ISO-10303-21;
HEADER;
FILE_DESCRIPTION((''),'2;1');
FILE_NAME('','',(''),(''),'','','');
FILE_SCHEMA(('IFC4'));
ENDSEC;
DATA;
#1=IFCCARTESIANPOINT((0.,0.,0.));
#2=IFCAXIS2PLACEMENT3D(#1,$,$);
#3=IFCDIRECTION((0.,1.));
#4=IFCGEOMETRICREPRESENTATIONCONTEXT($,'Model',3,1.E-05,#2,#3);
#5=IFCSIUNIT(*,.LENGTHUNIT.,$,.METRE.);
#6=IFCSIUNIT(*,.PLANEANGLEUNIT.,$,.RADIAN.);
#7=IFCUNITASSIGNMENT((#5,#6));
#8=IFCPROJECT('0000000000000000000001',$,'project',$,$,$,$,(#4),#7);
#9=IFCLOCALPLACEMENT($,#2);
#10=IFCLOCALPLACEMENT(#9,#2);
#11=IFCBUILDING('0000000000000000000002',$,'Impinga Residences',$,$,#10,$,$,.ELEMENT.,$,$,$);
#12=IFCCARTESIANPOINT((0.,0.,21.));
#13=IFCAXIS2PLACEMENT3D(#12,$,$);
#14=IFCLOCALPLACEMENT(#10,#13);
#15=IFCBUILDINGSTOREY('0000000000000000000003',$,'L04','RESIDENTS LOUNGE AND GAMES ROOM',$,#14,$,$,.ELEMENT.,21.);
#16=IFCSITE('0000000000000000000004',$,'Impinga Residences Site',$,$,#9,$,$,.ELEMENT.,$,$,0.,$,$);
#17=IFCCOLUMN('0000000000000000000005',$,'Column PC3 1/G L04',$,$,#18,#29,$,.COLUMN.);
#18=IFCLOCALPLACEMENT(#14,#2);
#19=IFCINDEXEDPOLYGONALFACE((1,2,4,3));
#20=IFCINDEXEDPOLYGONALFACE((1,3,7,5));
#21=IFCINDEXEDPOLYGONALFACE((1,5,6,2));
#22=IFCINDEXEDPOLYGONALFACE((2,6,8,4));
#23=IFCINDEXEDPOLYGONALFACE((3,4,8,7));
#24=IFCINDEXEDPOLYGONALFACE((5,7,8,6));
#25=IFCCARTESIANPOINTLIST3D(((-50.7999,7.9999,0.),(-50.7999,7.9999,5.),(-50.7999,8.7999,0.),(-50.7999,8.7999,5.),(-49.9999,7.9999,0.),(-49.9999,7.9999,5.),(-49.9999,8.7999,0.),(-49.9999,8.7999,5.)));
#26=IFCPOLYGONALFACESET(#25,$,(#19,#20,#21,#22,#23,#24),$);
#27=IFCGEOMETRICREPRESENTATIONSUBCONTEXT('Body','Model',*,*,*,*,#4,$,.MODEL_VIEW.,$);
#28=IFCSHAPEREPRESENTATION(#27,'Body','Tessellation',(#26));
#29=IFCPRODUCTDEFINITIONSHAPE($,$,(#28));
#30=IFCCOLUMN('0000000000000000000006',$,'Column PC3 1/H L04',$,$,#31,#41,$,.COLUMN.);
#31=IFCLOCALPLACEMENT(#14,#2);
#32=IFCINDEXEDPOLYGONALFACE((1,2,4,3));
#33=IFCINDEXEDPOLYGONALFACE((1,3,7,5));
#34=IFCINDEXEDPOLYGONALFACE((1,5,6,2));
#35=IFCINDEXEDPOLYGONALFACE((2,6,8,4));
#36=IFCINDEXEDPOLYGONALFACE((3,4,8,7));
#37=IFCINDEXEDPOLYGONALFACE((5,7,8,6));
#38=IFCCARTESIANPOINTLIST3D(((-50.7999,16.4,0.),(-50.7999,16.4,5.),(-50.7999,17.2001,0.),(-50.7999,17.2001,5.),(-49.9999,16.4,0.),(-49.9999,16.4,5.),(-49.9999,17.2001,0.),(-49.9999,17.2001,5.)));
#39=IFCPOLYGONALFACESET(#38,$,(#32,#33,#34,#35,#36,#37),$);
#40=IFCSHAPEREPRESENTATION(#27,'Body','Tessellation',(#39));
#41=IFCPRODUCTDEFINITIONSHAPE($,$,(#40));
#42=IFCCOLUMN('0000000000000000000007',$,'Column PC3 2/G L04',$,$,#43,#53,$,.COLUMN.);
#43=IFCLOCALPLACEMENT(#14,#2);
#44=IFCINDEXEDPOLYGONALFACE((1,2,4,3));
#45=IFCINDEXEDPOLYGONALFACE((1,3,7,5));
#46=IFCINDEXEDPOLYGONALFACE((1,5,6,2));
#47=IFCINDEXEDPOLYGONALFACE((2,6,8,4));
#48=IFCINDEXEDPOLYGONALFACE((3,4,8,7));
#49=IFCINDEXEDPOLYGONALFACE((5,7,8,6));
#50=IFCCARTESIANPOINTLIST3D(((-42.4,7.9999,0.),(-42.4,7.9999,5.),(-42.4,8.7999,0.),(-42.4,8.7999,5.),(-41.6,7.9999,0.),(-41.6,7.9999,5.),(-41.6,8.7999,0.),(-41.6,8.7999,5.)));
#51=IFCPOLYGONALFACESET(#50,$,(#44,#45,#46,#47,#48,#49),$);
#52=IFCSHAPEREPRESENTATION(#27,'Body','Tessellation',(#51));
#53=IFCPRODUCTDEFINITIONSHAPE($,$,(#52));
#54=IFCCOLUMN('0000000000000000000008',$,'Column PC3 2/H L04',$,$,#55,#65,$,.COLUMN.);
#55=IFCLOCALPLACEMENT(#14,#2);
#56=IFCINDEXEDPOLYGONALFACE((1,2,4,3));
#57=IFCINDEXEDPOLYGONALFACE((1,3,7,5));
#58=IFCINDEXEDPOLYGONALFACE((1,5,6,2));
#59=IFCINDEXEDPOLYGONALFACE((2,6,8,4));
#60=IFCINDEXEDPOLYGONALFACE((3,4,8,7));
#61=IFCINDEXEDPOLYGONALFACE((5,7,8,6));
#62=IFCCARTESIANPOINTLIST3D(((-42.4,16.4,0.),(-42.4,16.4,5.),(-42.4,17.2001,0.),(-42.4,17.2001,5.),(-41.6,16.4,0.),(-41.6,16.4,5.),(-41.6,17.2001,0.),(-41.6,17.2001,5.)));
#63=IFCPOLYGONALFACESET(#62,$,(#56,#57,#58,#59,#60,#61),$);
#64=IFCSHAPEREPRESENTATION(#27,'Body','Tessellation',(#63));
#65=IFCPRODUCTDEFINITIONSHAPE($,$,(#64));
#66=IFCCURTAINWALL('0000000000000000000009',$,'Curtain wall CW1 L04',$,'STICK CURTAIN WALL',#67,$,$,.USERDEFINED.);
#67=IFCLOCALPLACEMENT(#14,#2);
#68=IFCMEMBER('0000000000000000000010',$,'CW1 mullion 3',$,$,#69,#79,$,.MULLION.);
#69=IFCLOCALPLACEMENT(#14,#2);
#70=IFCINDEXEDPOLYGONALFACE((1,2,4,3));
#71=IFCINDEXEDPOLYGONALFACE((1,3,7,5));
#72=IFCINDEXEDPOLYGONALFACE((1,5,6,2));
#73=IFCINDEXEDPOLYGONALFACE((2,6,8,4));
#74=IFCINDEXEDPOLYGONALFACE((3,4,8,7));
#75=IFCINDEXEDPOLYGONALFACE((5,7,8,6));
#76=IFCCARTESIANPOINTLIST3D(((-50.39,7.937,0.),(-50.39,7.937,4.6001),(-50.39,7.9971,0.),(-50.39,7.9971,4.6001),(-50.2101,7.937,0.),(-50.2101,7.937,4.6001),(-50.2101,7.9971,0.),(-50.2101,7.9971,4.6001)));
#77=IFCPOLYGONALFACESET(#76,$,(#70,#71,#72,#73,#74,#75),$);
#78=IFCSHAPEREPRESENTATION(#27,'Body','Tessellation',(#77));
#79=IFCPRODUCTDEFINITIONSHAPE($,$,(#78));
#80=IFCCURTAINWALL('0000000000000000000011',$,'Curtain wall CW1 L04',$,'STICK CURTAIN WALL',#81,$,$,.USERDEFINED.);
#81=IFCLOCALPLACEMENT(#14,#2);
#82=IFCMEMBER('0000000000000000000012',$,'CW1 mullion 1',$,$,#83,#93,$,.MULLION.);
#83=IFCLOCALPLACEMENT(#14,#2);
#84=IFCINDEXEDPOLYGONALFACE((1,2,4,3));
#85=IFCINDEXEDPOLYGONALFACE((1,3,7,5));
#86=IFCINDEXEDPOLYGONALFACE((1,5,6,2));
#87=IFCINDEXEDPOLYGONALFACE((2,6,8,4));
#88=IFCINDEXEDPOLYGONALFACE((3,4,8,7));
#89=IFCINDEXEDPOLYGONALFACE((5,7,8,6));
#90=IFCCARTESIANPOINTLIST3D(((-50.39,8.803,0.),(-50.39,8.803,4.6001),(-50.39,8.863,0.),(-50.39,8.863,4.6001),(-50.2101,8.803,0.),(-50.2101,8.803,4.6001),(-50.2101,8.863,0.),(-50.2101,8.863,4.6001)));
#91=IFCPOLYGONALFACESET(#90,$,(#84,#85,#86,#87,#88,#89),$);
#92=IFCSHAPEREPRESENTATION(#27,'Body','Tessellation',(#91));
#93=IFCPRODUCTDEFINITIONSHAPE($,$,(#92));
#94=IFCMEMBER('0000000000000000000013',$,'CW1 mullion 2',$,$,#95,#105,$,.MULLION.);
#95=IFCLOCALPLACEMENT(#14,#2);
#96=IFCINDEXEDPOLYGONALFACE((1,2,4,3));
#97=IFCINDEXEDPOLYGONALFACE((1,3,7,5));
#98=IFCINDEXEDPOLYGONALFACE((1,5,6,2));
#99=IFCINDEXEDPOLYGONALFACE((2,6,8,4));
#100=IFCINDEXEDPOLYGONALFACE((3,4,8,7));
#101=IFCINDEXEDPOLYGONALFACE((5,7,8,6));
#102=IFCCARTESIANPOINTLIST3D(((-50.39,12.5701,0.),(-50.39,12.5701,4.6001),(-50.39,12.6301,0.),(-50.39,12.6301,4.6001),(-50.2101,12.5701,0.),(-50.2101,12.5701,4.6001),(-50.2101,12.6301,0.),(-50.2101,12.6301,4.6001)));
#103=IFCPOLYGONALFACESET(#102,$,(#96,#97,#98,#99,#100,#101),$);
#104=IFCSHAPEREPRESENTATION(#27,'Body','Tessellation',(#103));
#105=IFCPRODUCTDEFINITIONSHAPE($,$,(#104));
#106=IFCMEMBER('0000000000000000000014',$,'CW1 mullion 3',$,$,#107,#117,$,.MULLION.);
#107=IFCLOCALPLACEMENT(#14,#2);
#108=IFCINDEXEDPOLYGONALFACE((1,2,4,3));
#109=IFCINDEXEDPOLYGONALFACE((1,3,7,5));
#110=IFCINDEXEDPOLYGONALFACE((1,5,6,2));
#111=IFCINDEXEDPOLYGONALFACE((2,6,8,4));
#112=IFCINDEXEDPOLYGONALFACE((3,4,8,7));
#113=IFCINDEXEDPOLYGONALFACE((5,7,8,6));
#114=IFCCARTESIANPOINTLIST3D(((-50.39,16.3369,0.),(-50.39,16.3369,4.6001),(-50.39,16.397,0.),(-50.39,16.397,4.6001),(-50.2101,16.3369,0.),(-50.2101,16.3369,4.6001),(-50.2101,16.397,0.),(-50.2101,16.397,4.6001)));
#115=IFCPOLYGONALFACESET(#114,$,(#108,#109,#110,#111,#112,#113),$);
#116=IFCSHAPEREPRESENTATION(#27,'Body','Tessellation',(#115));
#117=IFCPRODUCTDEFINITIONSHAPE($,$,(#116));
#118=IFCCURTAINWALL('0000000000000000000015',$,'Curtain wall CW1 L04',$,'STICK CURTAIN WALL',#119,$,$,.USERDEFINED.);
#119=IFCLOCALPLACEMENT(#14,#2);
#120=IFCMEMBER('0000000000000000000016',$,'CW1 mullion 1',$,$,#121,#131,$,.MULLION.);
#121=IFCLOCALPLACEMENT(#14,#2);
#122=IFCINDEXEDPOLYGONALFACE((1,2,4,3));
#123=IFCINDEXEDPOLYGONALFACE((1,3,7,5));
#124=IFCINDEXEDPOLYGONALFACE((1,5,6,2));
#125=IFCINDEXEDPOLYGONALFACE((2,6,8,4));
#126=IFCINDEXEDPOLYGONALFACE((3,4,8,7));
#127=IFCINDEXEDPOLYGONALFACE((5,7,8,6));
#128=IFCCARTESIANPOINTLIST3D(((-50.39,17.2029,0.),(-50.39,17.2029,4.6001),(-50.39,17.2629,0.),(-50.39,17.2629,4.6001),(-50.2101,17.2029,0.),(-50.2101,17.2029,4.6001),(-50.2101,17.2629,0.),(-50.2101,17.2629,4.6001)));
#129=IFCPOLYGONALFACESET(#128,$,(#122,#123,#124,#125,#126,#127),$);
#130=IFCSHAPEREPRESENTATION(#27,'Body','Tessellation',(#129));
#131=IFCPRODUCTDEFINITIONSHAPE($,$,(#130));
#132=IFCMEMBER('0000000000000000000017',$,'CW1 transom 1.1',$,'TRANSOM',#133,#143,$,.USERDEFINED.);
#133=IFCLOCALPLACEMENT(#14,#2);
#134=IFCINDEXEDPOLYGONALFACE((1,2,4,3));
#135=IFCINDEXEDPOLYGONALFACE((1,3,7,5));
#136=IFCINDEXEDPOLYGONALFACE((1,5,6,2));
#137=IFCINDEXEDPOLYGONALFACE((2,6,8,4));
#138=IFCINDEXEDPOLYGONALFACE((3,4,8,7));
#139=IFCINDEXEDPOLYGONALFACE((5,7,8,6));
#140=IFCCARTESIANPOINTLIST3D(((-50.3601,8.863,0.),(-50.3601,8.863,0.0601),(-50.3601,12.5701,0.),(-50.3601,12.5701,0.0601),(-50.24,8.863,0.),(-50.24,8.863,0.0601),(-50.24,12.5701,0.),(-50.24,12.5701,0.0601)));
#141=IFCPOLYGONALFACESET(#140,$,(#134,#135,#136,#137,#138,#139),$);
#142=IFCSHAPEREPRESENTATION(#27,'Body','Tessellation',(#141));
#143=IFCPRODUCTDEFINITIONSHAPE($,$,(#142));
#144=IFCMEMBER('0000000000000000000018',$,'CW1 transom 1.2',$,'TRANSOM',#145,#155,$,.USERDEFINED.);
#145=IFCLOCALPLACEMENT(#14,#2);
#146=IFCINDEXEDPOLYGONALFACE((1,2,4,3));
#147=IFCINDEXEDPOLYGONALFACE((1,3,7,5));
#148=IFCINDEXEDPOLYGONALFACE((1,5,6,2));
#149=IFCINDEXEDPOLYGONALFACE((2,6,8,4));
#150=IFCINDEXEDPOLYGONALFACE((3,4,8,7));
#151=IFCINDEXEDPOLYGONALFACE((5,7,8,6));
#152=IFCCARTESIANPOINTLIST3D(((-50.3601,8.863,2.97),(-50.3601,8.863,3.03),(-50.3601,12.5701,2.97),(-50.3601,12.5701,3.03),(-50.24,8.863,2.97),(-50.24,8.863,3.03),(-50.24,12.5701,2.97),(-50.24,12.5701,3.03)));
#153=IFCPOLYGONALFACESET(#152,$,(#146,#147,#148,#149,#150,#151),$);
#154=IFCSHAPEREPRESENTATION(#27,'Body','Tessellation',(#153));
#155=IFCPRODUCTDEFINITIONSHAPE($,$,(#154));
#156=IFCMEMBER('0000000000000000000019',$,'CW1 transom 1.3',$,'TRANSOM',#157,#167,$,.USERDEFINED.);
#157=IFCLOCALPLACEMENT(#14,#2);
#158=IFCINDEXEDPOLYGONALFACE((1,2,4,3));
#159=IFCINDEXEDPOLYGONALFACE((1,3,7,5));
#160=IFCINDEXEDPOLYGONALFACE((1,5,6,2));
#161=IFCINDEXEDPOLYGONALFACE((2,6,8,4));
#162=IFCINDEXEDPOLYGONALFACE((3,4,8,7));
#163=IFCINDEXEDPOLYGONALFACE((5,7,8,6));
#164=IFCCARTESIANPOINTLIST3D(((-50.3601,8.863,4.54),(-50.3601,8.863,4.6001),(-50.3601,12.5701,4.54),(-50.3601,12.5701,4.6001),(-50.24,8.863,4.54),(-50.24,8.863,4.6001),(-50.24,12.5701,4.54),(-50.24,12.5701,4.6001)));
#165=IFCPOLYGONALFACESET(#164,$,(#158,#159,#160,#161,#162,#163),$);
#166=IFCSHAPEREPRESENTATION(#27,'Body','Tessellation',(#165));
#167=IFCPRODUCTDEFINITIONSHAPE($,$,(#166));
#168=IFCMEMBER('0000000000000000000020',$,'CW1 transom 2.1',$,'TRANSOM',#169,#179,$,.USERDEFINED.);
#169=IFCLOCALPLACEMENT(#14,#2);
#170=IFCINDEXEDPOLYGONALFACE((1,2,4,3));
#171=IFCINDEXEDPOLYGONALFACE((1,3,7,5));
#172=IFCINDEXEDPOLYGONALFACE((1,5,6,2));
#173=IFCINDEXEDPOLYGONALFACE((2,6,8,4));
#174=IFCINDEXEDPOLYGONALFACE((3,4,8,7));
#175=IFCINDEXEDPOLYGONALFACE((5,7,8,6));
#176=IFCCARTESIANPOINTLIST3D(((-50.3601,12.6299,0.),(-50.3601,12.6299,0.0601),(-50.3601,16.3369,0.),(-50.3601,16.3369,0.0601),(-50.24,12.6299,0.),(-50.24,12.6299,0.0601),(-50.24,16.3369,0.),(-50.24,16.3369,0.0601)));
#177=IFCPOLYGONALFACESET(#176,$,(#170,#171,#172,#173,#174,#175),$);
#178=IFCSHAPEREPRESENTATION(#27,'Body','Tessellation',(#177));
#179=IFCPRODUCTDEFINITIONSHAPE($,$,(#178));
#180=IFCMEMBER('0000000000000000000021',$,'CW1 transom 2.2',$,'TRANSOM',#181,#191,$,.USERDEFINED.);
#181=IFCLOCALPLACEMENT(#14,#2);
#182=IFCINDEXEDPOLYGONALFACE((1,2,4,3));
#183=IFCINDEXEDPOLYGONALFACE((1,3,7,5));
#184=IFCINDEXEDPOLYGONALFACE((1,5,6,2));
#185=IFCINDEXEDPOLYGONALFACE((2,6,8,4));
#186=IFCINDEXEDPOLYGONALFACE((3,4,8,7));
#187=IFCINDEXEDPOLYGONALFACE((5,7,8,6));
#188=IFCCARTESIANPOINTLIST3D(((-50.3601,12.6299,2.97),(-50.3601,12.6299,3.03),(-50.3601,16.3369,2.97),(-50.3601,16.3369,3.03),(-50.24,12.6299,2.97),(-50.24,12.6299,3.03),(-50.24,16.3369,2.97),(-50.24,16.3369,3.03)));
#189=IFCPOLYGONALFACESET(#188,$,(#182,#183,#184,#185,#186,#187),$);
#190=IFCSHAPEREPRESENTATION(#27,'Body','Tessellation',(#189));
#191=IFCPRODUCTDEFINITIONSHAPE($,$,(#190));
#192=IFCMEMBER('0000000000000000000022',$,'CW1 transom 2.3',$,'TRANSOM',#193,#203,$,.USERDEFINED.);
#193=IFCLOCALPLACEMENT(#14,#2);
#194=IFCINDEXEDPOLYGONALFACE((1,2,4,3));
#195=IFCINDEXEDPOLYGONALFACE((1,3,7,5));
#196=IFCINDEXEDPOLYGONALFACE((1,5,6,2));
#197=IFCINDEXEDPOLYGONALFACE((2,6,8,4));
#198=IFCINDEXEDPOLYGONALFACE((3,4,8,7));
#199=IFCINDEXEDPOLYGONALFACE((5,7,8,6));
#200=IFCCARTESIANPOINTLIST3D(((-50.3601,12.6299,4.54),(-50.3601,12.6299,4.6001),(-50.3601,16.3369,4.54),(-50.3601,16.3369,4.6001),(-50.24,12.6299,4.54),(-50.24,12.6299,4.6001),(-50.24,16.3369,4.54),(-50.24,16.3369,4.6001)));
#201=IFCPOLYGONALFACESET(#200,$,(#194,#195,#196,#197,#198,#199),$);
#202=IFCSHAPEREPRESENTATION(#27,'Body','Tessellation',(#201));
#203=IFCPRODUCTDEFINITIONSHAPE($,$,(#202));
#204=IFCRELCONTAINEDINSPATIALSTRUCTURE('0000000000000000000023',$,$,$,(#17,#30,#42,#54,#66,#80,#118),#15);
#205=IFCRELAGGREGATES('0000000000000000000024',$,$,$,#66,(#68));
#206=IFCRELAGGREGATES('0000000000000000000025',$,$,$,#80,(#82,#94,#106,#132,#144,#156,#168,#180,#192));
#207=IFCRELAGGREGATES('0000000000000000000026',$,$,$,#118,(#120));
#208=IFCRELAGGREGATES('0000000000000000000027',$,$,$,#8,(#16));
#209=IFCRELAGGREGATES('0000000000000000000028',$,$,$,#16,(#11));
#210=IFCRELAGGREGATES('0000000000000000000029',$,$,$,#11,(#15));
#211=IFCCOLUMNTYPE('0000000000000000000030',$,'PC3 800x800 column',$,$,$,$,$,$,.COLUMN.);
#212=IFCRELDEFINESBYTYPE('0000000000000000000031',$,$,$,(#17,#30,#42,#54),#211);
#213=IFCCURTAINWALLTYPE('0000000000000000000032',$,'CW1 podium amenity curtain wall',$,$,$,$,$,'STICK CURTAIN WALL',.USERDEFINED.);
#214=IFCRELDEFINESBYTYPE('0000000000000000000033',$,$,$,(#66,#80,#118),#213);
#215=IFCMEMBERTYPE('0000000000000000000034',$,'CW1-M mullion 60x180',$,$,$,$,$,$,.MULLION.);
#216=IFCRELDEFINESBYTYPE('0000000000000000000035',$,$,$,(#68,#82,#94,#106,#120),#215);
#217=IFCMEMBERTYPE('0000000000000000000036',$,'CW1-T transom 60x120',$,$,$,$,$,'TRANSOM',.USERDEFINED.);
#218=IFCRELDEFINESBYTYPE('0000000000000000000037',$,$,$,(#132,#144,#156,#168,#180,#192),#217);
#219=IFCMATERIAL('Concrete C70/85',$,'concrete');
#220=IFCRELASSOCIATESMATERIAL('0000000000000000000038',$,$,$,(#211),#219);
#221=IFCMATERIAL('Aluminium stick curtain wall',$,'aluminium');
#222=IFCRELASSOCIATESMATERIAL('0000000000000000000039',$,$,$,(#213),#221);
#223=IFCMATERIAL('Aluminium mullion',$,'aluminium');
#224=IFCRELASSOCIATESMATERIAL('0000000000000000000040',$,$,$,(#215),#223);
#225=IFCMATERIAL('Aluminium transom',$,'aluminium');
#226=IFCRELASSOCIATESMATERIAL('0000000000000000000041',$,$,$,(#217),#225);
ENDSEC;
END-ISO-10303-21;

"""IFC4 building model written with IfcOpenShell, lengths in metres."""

from ifc_helpers import new_model, si_unit, direction, frame, origin, origin_2d, place, context, subcontext, project, spatial, rectangle, extrude, material, material_profile, profile_set, type_object, element, aggregate, save


model = new_model("IFC4")

# Units and contexts
model_context = context("Model", 3, precision=1e-05, world=origin(), true_north=direction((0.0, 1.0)))
body_context = subcontext(model_context, "Body", "Model", "MODEL_VIEW")
ifc_project = project(units=[si_unit("LENGTHUNIT", "METRE"), si_unit("PLANEANGLEUNIT", "RADIAN")], contexts=[model_context])

# Site, building, storey
site_placement = place(None, origin())
site = spatial("IfcSite", under=ifc_project, at=site_placement, Name="Impinga Residences Site", CompositionType="ELEMENT", RefElevation=0.0)
building_placement = place(site_placement, origin())
building = spatial("IfcBuilding", under=site, at=building_placement, Name="Impinga Residences", CompositionType="ELEMENT")
storey_placement = place(building_placement, frame((0.0, 0.0, 21.0)))
storey = spatial("IfcBuildingStorey", under=building, at=storey_placement, Name="L04", Description="RESIDENTS LOUNGE AND GAMES ROOM", CompositionType="ELEMENT", Elevation=21.0)

# Columns
ifc_material_1 = material(Name="Concrete C70/85", Category="concrete")
ifc_material_profile_1 = material_profile(ifc_material_1, rectangle(XDim=0.8, YDim=0.8, at=origin_2d()), Name="RC 800x800")
ifc_profile_set_1 = profile_set([ifc_material_profile_1], Name="Concrete C70/85")
column_type = type_object("IfcColumnType", Name="PC3 800x800 column", PredefinedType="COLUMN", material=ifc_profile_set_1)
for number, where, z_axis, x_axis, name in (
    (1, (-50.3999, 8.3999, 0.0), (0.0, 0.0, 1.0), (1.0, 0.0, 0.0), "Column PC3 1/G L04"),
    (2, (-50.3999, 16.8, 0.0), (0.0, 0.0, 1.0), (1.0, 0.0, 0.0), "Column PC3 1/H L04"),
    (3, (-42.0, 8.3999, 0.0), (0.0, 0.0, 1.0), (1.0, 0.0, 0.0), "Column PC3 2/G L04"),
    (4, (-42.0, 16.8, 0.0), (0.0, 0.0, 1.0), (1.0, 0.0, 0.0), "Column PC3 2/H L04"),
):
    element("IfcColumn", number, at=place(storey_placement, frame(where, z_axis=z_axis, x_axis=x_axis)), inside=storey, type_object=column_type, Name=name, PredefinedType="COLUMN", context=body_context, shape_type="SweptSolid", body=[
        extrude(rectangle(XDim=0.8, YDim=0.8, at=origin_2d()), origin(), (0.0, 0.0, 1.0), 5.0),
    ])

# Curtain wall, member
ifc_material_2 = material(Name="Aluminium stick curtain wall", Category="aluminium")
curtain_wall_type = type_object("IfcCurtainWallType", Name="CW1 podium amenity curtain wall", ElementType="STICK CURTAIN WALL", PredefinedType="USERDEFINED", material=ifc_material_2)
curtain_wall_1_placement = place(storey_placement, origin())
curtain_wall_1 = element("IfcCurtainWall", 5, at=curtain_wall_1_placement, inside=storey, type_object=curtain_wall_type, Name="Curtain wall CW1 L04", ObjectType="STICK CURTAIN WALL", PredefinedType="USERDEFINED")
ifc_material_3 = material(Name="Aluminium mullion", Category="aluminium")
ifc_material_profile_2 = material_profile(ifc_material_3, rectangle(XDim=0.0601, YDim=0.1799, at=origin_2d()), Name="60x180 mullion")
ifc_profile_set_2 = profile_set([ifc_material_profile_2], Name="Aluminium mullion")
member_type_1 = type_object("IfcMemberType", Name="CW1-M mullion 60x180", PredefinedType="MULLION", material=ifc_profile_set_2)
member_1_placement = place(storey_placement, frame((-50.3, 7.967, 0.0), z_axis=(0.0, 0.0, 1.0), x_axis=(0.0, 1.0, 0.0)))
member_1 = element("IfcMember", 6, at=member_1_placement, type_object=member_type_1, Name="CW1 mullion 3", PredefinedType="MULLION", context=body_context, shape_type="SweptSolid", body=[
    extrude(rectangle(XDim=0.0601, YDim=0.1799, at=origin_2d()), origin(), (0.0, 0.0, 1.0), 4.6001),
])
aggregate(curtain_wall_1, [member_1])

# Curtain wall, members
curtain_wall_2_placement = place(storey_placement, origin())
curtain_wall_2 = element("IfcCurtainWall", 7, at=curtain_wall_2_placement, inside=storey, type_object=curtain_wall_type, Name="Curtain wall CW1 L04", ObjectType="STICK CURTAIN WALL", PredefinedType="USERDEFINED")
member_2_placement = place(storey_placement, frame((-50.3, 8.833, 0.0), z_axis=(0.0, 0.0, 1.0), x_axis=(0.0, 1.0, 0.0)))
member_2 = element("IfcMember", 8, at=member_2_placement, type_object=member_type_1, Name="CW1 mullion 1", PredefinedType="MULLION", context=body_context, shape_type="SweptSolid", body=[
    extrude(rectangle(XDim=0.0601, YDim=0.1799, at=origin_2d()), origin(), (0.0, 0.0, 1.0), 4.6001),
])
member_3_placement = place(storey_placement, frame((-50.3, 12.6001, 0.0), z_axis=(0.0, 0.0, 1.0), x_axis=(0.0, 1.0, 0.0)))
member_3 = element("IfcMember", 9, at=member_3_placement, type_object=member_type_1, Name="CW1 mullion 2", PredefinedType="MULLION", context=body_context, shape_type="SweptSolid", body=[
    extrude(rectangle(XDim=0.0601, YDim=0.1799, at=origin_2d()), origin(), (0.0, 0.0, 1.0), 4.6001),
])
member_4_placement = place(storey_placement, frame((-50.3, 16.3669, 0.0), z_axis=(0.0, 0.0, 1.0), x_axis=(0.0, 1.0, 0.0)))
member_4 = element("IfcMember", 10, at=member_4_placement, type_object=member_type_1, Name="CW1 mullion 3", PredefinedType="MULLION", context=body_context, shape_type="SweptSolid", body=[
    extrude(rectangle(XDim=0.0601, YDim=0.1799, at=origin_2d()), origin(), (0.0, 0.0, 1.0), 4.6001),
])

# Curtain wall, member
curtain_wall_3_placement = place(storey_placement, origin())
curtain_wall_3 = element("IfcCurtainWall", 11, at=curtain_wall_3_placement, inside=storey, type_object=curtain_wall_type, Name="Curtain wall CW1 L04", ObjectType="STICK CURTAIN WALL", PredefinedType="USERDEFINED")
member_5_placement = place(storey_placement, frame((-50.3, 17.2329, 0.0), z_axis=(0.0, 0.0, 1.0), x_axis=(0.0, 1.0, 0.0)))
member_5 = element("IfcMember", 12, at=member_5_placement, type_object=member_type_1, Name="CW1 mullion 1", PredefinedType="MULLION", context=body_context, shape_type="SweptSolid", body=[
    extrude(rectangle(XDim=0.0601, YDim=0.1799, at=origin_2d()), origin(), (0.0, 0.0, 1.0), 4.6001),
])

# Members
ifc_material_4 = material(Name="Aluminium transom", Category="aluminium")
ifc_material_profile_3 = material_profile(ifc_material_4, rectangle(XDim=0.0601, YDim=0.1201, at=origin_2d()), Name="60x120 transom")
ifc_profile_set_3 = profile_set([ifc_material_profile_3], Name="Aluminium transom")
member_type_2 = type_object("IfcMemberType", Name="CW1-T transom 60x120", ElementType="TRANSOM", PredefinedType="USERDEFINED", material=ifc_profile_set_3)
member_6_placement = place(storey_placement, frame((-50.3, 8.863, 0.03), z_axis=(0.0, 1.0, 0.0), x_axis=(0.0, 0.0, 1.0)))
member_6 = element("IfcMember", 13, at=member_6_placement, type_object=member_type_2, Name="CW1 transom 1.1", ObjectType="TRANSOM", PredefinedType="USERDEFINED", context=body_context, shape_type="SweptSolid", body=[
    extrude(rectangle(XDim=0.0601, YDim=0.1201, at=origin_2d()), origin(), (0.0, 0.0, 1.0), 3.707),
])
member_7_placement = place(storey_placement, frame((-50.3, 8.863, 3.0), z_axis=(0.0, 1.0, 0.0), x_axis=(0.0, 0.0, 1.0)))
member_7 = element("IfcMember", 14, at=member_7_placement, type_object=member_type_2, Name="CW1 transom 1.2", ObjectType="TRANSOM", PredefinedType="USERDEFINED", context=body_context, shape_type="SweptSolid", body=[
    extrude(rectangle(XDim=0.0601, YDim=0.1201, at=origin_2d()), origin(), (0.0, 0.0, 1.0), 3.707),
])
member_8_placement = place(storey_placement, frame((-50.3, 8.863, 4.5701), z_axis=(0.0, 1.0, 0.0), x_axis=(0.0, 0.0, 1.0)))
member_8 = element("IfcMember", 15, at=member_8_placement, type_object=member_type_2, Name="CW1 transom 1.3", ObjectType="TRANSOM", PredefinedType="USERDEFINED", context=body_context, shape_type="SweptSolid", body=[
    extrude(rectangle(XDim=0.0601, YDim=0.1201, at=origin_2d()), origin(), (0.0, 0.0, 1.0), 3.707),
])
member_9_placement = place(storey_placement, frame((-50.3, 12.6299, 0.03), z_axis=(0.0, 1.0, 0.0), x_axis=(0.0, 0.0, 1.0)))
member_9 = element("IfcMember", 16, at=member_9_placement, type_object=member_type_2, Name="CW1 transom 2.1", ObjectType="TRANSOM", PredefinedType="USERDEFINED", context=body_context, shape_type="SweptSolid", body=[
    extrude(rectangle(XDim=0.0601, YDim=0.1201, at=origin_2d()), origin(), (0.0, 0.0, 1.0), 3.707),
])
member_10_placement = place(storey_placement, frame((-50.3, 12.6299, 3.0), z_axis=(0.0, 1.0, 0.0), x_axis=(0.0, 0.0, 1.0)))
member_10 = element("IfcMember", 17, at=member_10_placement, type_object=member_type_2, Name="CW1 transom 2.2", ObjectType="TRANSOM", PredefinedType="USERDEFINED", context=body_context, shape_type="SweptSolid", body=[
    extrude(rectangle(XDim=0.0601, YDim=0.1201, at=origin_2d()), origin(), (0.0, 0.0, 1.0), 3.707),
])
member_11_placement = place(storey_placement, frame((-50.3, 12.6299, 4.5701), z_axis=(0.0, 1.0, 0.0), x_axis=(0.0, 0.0, 1.0)))
member_11 = element("IfcMember", 18, at=member_11_placement, type_object=member_type_2, Name="CW1 transom 2.3", ObjectType="TRANSOM", PredefinedType="USERDEFINED", context=body_context, shape_type="SweptSolid", body=[
    extrude(rectangle(XDim=0.0601, YDim=0.1201, at=origin_2d()), origin(), (0.0, 0.0, 1.0), 3.707),
])

aggregate(curtain_wall_2, [member_2, member_3, member_4, member_6, member_7, member_8, member_9, member_10, member_11])
aggregate(curtain_wall_3, [member_5])

save(model, "model.ifc")
